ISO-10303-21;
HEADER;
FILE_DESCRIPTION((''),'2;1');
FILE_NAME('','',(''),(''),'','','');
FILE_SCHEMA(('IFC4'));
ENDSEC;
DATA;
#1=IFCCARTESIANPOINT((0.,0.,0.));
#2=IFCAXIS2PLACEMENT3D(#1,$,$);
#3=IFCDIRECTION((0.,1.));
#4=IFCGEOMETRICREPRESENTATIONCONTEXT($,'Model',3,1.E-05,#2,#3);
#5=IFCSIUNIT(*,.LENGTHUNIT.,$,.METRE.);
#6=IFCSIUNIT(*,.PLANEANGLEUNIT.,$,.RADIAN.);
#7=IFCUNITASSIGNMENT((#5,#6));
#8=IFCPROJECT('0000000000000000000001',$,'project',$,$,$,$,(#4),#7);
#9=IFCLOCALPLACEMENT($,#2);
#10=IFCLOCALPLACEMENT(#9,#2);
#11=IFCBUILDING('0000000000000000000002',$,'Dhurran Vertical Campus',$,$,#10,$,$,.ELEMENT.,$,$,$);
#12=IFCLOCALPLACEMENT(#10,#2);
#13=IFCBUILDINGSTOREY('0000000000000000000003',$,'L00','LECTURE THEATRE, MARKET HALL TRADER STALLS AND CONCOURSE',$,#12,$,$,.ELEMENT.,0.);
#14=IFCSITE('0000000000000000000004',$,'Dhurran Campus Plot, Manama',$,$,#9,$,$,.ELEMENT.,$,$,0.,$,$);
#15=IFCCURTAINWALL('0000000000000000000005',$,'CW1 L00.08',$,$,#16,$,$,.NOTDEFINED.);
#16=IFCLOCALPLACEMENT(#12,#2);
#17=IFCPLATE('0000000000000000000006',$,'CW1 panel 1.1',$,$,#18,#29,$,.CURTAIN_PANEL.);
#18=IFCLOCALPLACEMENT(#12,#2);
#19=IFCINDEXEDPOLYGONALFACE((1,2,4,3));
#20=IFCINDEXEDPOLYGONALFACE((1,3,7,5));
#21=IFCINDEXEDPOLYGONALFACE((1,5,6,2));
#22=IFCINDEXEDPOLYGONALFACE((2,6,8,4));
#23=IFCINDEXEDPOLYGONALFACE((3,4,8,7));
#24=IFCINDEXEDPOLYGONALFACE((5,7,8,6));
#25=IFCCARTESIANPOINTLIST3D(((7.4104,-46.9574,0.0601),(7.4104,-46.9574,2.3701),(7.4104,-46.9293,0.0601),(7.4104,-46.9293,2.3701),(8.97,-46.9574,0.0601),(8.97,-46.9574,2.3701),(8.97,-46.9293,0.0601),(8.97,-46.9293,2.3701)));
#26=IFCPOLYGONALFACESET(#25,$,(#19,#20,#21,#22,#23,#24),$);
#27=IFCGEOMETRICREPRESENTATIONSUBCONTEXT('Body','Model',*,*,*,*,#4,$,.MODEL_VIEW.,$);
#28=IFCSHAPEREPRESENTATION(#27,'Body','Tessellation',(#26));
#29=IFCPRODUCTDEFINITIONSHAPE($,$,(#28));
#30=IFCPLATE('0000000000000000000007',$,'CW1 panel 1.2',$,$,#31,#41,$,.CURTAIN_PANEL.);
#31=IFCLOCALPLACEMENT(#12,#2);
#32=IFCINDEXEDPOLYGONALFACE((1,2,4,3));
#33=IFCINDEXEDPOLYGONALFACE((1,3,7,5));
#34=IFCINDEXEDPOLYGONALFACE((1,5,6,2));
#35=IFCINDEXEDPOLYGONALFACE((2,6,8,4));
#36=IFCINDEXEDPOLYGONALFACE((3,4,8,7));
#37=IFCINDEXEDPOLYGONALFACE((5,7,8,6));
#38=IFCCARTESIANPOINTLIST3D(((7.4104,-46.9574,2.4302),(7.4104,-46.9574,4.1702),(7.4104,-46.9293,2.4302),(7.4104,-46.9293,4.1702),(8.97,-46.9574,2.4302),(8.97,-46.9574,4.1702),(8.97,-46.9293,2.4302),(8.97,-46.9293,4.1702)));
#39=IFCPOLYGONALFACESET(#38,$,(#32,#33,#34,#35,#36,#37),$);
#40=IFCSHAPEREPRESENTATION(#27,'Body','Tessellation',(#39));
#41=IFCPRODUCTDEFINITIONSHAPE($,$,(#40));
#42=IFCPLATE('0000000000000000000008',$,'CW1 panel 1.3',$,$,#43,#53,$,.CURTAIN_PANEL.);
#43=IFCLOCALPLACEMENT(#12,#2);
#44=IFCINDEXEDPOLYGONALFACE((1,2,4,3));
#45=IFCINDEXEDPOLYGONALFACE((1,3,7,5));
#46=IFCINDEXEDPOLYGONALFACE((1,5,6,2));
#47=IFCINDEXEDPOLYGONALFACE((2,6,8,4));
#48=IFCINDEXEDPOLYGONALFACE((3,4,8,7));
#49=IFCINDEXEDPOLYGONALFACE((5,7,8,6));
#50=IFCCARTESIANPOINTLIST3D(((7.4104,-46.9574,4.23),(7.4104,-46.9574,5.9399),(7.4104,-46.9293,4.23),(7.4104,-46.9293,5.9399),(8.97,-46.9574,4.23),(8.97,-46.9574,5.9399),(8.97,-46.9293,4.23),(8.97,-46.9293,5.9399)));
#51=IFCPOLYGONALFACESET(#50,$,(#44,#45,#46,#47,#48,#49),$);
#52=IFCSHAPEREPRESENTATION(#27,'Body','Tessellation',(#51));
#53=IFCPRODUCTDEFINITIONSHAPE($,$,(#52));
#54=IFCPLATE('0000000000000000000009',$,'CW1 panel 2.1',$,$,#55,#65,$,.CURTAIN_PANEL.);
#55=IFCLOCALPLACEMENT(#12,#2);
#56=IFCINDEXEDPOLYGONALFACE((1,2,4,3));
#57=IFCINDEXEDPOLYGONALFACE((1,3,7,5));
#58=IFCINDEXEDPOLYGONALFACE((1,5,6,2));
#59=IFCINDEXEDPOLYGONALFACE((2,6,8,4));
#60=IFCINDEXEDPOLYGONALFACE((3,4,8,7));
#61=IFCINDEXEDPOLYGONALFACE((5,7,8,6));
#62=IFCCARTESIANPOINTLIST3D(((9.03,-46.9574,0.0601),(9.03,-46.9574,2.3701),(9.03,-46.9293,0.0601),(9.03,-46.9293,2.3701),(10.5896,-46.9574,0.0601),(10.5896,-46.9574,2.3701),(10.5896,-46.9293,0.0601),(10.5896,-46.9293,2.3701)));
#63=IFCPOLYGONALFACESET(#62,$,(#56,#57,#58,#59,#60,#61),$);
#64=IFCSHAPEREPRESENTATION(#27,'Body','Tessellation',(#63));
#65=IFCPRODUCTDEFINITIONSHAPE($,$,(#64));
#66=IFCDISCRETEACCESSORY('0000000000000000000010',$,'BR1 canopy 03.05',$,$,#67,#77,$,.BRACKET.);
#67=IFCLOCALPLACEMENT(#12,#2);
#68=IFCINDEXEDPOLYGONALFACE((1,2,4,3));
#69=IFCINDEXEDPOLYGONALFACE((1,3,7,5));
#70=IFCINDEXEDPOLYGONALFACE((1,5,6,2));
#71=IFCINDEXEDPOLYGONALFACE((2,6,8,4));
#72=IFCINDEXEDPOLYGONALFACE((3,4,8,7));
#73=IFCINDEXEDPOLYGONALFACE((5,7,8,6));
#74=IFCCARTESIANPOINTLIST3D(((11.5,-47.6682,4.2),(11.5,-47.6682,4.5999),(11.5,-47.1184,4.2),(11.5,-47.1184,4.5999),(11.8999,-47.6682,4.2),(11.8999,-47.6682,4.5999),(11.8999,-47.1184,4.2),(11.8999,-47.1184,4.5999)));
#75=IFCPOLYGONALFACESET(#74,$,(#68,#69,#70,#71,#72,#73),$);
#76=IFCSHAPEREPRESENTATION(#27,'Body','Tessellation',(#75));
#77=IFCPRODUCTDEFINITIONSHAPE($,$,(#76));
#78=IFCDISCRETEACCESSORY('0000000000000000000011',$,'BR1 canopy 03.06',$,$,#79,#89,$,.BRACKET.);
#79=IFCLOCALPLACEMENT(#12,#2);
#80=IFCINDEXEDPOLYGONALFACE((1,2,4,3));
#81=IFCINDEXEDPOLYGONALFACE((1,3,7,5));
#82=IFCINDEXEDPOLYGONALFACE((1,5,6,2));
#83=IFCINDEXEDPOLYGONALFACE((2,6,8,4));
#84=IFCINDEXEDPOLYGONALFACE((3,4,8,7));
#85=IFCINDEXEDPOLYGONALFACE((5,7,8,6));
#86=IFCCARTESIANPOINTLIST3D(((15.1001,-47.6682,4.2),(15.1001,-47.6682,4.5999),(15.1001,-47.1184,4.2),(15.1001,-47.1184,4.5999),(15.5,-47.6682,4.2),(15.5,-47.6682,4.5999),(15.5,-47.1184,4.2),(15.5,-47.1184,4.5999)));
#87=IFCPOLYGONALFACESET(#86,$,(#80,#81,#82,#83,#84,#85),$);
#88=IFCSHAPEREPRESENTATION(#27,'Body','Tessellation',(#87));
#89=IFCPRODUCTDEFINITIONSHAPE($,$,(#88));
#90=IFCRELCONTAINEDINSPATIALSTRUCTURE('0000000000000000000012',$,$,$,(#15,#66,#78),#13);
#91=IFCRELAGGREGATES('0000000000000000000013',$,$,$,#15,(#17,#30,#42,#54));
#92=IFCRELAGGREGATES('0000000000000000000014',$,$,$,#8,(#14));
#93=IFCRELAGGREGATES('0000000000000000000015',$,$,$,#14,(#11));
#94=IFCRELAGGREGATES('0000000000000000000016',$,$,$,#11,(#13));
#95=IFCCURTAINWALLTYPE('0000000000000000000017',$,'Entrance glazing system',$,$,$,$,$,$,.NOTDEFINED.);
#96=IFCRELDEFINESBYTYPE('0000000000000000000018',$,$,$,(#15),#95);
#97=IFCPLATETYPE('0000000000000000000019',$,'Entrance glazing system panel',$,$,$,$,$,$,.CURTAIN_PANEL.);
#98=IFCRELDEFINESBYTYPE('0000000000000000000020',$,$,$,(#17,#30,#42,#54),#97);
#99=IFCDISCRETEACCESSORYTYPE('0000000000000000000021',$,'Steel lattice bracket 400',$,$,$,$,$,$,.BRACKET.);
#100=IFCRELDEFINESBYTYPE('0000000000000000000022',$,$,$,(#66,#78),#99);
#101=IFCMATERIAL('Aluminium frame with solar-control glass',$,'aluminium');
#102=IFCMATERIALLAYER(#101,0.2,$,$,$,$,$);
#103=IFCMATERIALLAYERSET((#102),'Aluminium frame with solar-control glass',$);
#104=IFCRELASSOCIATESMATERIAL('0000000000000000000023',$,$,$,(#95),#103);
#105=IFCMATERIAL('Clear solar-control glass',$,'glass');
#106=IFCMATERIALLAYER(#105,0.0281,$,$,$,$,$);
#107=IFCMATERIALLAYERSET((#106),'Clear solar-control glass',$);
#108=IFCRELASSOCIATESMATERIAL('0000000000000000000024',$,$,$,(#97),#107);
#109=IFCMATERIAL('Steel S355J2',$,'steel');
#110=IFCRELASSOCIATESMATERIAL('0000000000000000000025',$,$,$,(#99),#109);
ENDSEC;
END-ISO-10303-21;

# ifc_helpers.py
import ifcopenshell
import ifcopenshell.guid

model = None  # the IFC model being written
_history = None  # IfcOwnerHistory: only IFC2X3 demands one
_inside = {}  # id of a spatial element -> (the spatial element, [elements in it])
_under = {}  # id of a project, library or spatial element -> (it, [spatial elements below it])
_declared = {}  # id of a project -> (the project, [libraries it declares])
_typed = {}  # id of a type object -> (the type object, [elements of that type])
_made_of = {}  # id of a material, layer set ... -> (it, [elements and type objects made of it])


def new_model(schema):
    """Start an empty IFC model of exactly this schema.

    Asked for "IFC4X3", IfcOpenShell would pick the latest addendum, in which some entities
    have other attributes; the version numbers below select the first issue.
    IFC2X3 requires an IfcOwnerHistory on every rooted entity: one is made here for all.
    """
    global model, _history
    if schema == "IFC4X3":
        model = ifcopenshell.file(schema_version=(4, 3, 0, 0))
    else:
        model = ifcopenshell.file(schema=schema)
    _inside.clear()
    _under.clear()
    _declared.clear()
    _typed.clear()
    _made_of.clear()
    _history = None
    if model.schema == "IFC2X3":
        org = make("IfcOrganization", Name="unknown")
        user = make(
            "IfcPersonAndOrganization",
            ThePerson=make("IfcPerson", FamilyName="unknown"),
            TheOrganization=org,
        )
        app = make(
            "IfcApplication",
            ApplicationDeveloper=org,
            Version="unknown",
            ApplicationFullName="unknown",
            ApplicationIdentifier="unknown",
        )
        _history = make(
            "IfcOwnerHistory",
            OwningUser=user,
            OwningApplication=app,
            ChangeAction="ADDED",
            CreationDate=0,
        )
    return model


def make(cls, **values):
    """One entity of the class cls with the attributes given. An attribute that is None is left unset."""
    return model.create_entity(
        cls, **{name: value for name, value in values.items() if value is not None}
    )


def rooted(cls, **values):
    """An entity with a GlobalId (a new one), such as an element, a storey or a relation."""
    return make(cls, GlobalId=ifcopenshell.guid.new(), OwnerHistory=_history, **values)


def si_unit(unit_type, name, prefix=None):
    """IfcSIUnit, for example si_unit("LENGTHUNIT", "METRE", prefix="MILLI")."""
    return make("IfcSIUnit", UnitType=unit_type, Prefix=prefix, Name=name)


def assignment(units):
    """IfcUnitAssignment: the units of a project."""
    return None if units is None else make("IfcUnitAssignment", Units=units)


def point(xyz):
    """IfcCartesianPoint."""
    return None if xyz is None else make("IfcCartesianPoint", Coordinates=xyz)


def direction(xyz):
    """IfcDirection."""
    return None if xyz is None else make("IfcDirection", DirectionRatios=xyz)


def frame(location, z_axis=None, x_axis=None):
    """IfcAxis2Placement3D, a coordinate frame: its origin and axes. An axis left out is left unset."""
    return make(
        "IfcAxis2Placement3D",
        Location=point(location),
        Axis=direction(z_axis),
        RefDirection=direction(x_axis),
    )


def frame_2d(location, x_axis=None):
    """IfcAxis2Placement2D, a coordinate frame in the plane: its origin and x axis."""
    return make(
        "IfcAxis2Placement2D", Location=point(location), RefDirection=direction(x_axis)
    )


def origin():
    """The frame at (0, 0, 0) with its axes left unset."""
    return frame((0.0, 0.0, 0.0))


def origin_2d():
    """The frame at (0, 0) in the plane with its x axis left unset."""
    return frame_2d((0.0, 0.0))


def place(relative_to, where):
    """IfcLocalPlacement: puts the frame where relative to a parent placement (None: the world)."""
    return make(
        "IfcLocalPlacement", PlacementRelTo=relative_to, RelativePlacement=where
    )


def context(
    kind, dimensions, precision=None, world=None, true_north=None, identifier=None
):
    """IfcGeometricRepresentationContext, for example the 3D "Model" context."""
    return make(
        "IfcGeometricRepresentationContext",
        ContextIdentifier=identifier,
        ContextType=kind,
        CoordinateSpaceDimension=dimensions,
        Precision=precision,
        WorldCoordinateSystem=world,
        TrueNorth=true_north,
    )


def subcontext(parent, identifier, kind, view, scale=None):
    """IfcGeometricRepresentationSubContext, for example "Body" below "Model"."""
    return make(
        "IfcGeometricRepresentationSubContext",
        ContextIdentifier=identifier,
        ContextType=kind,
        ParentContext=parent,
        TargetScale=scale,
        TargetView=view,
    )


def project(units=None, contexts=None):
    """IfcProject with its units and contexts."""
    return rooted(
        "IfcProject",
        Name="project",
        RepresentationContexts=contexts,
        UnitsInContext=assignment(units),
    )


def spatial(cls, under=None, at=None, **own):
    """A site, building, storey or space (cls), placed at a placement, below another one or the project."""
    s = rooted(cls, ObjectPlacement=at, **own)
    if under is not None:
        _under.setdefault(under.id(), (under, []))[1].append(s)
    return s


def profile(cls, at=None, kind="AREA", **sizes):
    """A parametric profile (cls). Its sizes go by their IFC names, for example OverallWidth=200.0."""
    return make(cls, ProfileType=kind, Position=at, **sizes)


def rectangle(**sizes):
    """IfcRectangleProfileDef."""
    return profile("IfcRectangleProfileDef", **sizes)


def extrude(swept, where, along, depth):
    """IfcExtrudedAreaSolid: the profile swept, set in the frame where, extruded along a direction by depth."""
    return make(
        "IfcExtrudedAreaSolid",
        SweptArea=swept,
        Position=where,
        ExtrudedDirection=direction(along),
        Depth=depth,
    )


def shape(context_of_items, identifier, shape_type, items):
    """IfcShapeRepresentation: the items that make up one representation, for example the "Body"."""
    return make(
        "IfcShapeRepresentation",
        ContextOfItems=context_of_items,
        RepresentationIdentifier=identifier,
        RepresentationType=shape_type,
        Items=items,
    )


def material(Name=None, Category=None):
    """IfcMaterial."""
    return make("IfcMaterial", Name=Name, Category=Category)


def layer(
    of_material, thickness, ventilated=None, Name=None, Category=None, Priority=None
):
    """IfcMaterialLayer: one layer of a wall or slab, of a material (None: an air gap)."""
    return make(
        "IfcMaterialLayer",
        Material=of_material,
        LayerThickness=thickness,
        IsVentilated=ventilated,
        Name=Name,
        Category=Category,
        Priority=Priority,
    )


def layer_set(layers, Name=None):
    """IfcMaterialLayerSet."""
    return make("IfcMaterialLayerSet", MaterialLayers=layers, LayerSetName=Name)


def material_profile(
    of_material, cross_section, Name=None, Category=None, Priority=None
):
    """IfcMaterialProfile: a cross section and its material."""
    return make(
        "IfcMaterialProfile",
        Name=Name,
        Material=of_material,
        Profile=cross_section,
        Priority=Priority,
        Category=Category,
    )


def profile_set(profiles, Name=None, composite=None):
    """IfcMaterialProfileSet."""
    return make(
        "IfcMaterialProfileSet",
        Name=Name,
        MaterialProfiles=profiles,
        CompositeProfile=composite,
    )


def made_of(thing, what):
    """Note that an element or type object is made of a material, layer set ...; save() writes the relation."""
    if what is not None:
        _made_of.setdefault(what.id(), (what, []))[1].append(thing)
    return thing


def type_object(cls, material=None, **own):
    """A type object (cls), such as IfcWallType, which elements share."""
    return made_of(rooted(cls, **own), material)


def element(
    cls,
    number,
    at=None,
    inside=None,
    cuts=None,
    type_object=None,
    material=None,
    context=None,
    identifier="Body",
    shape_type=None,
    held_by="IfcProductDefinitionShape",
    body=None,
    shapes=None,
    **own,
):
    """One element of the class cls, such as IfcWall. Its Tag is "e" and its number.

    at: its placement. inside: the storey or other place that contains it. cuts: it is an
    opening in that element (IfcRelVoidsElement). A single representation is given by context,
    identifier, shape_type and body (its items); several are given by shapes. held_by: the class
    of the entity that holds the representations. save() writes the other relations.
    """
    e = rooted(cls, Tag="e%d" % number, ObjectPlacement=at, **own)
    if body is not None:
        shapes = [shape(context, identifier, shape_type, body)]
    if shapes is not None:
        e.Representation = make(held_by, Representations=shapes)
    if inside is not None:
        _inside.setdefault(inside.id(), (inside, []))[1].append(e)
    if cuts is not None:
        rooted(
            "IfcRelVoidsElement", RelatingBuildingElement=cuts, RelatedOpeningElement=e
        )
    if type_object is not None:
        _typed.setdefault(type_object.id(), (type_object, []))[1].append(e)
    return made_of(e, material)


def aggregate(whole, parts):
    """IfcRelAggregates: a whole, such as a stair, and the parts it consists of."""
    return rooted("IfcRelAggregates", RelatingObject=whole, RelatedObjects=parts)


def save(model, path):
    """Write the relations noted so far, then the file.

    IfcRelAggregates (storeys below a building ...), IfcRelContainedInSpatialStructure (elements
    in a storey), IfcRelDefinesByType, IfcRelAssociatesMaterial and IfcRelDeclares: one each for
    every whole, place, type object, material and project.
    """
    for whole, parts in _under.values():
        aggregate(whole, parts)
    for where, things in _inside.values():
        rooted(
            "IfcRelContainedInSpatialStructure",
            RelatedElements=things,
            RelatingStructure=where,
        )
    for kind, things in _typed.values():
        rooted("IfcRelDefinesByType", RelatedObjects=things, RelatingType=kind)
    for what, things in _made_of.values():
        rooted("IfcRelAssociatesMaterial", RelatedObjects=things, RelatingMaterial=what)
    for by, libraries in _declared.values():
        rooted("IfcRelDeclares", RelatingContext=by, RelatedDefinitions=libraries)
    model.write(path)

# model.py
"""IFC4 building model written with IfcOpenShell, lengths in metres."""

from ifc_helpers import new_model, si_unit, direction, frame, origin, origin_2d, place, context, subcontext, project, spatial, rectangle, extrude, material, layer, layer_set, material_profile, profile_set, type_object, element, aggregate, save


model = new_model("IFC4")

# Units and contexts
model_context = context("Model", 3, precision=1e-05, world=origin(), true_north=direction((0.0, 1.0)))
body_context = subcontext(model_context, "Body", "Model", "MODEL_VIEW")
ifc_project = project(units=[si_unit("LENGTHUNIT", "METRE"), si_unit("PLANEANGLEUNIT", "RADIAN")], contexts=[model_context])

# Site, building, storey
site_placement = place(None, origin())
site = spatial("IfcSite", under=ifc_project, at=site_placement, Name="Dhurran Campus Plot, Manama", CompositionType="ELEMENT", RefElevation=0.0)
building_placement = place(site_placement, origin())
building = spatial("IfcBuilding", under=site, at=building_placement, Name="Dhurran Vertical Campus", CompositionType="ELEMENT")
storey_placement = place(building_placement, origin())
storey = spatial("IfcBuildingStorey", under=building, at=storey_placement, Name="L00", Description="LECTURE THEATRE, MARKET HALL TRADER STALLS AND CONCOURSE", CompositionType="ELEMENT", Elevation=0.0)

# Shared definitions
ifc_material_1 = material(Name="Aluminium frame with solar-control glass", Category="aluminium")
ifc_layer_1 = layer(ifc_material_1, 0.2)
ifc_layer_set_1 = layer_set([ifc_layer_1], Name="Aluminium frame with solar-control glass")
curtain_wall_type = type_object("IfcCurtainWallType", Name="Entrance glazing system", PredefinedType="NOTDEFINED", material=ifc_layer_set_1)

# Curtain wall
curtain_wall_1_placement = place(storey_placement, origin())
curtain_wall_1 = element("IfcCurtainWall", 1, at=curtain_wall_1_placement, inside=storey, type_object=curtain_wall_type, Name="CW1 L00.08", PredefinedType="NOTDEFINED")

# Plates
ifc_material_2 = material(Name="Clear solar-control glass", Category="glass")
ifc_layer_2 = layer(ifc_material_2, 0.0281)
ifc_layer_set_2 = layer_set([ifc_layer_2], Name="Clear solar-control glass")
plate_type = type_object("IfcPlateType", Name="Entrance glazing system panel", PredefinedType="CURTAIN_PANEL", material=ifc_layer_set_2)
plate_1_placement = place(storey_placement, frame((8.1902, -46.9434, 0.0601), z_axis=(0.0, 0.0, 1.0), x_axis=(1.0, 0.0, 0.0)))
plate_1 = element("IfcPlate", 2, at=plate_1_placement, type_object=plate_type, Name="CW1 panel 1.1", PredefinedType="CURTAIN_PANEL", context=body_context, shape_type="SweptSolid", body=[
    extrude(rectangle(XDim=1.5596, YDim=0.0281, at=origin_2d()), origin(), (0.0, 0.0, 1.0), 2.3101),
])
plate_2_placement = place(storey_placement, frame((8.1902, -46.9434, 2.4302), z_axis=(0.0, 0.0, 1.0), x_axis=(1.0, 0.0, 0.0)))
plate_2 = element("IfcPlate", 3, at=plate_2_placement, type_object=plate_type, Name="CW1 panel 1.2", PredefinedType="CURTAIN_PANEL", context=body_context, shape_type="SweptSolid", body=[
    extrude(rectangle(XDim=1.5596, YDim=0.0281, at=origin_2d()), origin(), (0.0, 0.0, 1.0), 1.74),
])
plate_3_placement = place(storey_placement, frame((8.1902, -46.9434, 4.23), z_axis=(0.0, 0.0, 1.0), x_axis=(1.0, 0.0, 0.0)))
plate_3 = element("IfcPlate", 4, at=plate_3_placement, type_object=plate_type, Name="CW1 panel 1.3", PredefinedType="CURTAIN_PANEL", context=body_context, shape_type="SweptSolid", body=[
    extrude(rectangle(XDim=1.5596, YDim=0.0281, at=origin_2d()), origin(), (0.0, 0.0, 1.0), 1.71),
])
plate_4_placement = place(storey_placement, frame((9.8098, -46.9434, 0.0601), z_axis=(0.0, 0.0, 1.0), x_axis=(1.0, 0.0, 0.0)))
plate_4 = element("IfcPlate", 5, at=plate_4_placement, type_object=plate_type, Name="CW1 panel 2.1", PredefinedType="CURTAIN_PANEL", context=body_context, shape_type="SweptSolid", body=[
    extrude(rectangle(XDim=1.5596, YDim=0.0281, at=origin_2d()), origin(), (0.0, 0.0, 1.0), 2.3101),
])
aggregate(curtain_wall_1, [plate_1, plate_2, plate_3, plate_4])

# Discrete accessories
ifc_material_3 = material(Name="Steel S355J2", Category="steel")
ifc_material_profile_1 = material_profile(ifc_material_3, rectangle(XDim=0.3999, YDim=0.3999, at=origin_2d()), Name="Steel lattice bracket 400")
ifc_profile_set_1 = profile_set([ifc_material_profile_1], Name="Steel S355J2")
discrete_accessory_type = type_object("IfcDiscreteAccessoryType", Name="Steel lattice bracket 400", PredefinedType="BRACKET", material=ifc_profile_set_1)
for number, where, z_axis, x_axis, name in (
    (6, (11.7, -47.1184, 4.3999), (0.0, -1.0, 0.0), (1.0, 0.0, 0.0), "BR1 canopy 03.05"),
    (7, (15.3, -47.1184, 4.3999), (0.0, -1.0, 0.0), (1.0, 0.0, 0.0), "BR1 canopy 03.06"),
):
    element("IfcDiscreteAccessory", number, at=place(storey_placement, frame(where, z_axis=z_axis, x_axis=x_axis)), inside=storey, type_object=discrete_accessory_type, Name=name, PredefinedType="BRACKET", context=body_context, shape_type="SweptSolid", body=[
        extrude(rectangle(XDim=0.3999, YDim=0.3999, at=origin_2d()), origin(), (0.0, 0.0, 1.0), 0.5498),
    ])

save(model, "model.ifc")
